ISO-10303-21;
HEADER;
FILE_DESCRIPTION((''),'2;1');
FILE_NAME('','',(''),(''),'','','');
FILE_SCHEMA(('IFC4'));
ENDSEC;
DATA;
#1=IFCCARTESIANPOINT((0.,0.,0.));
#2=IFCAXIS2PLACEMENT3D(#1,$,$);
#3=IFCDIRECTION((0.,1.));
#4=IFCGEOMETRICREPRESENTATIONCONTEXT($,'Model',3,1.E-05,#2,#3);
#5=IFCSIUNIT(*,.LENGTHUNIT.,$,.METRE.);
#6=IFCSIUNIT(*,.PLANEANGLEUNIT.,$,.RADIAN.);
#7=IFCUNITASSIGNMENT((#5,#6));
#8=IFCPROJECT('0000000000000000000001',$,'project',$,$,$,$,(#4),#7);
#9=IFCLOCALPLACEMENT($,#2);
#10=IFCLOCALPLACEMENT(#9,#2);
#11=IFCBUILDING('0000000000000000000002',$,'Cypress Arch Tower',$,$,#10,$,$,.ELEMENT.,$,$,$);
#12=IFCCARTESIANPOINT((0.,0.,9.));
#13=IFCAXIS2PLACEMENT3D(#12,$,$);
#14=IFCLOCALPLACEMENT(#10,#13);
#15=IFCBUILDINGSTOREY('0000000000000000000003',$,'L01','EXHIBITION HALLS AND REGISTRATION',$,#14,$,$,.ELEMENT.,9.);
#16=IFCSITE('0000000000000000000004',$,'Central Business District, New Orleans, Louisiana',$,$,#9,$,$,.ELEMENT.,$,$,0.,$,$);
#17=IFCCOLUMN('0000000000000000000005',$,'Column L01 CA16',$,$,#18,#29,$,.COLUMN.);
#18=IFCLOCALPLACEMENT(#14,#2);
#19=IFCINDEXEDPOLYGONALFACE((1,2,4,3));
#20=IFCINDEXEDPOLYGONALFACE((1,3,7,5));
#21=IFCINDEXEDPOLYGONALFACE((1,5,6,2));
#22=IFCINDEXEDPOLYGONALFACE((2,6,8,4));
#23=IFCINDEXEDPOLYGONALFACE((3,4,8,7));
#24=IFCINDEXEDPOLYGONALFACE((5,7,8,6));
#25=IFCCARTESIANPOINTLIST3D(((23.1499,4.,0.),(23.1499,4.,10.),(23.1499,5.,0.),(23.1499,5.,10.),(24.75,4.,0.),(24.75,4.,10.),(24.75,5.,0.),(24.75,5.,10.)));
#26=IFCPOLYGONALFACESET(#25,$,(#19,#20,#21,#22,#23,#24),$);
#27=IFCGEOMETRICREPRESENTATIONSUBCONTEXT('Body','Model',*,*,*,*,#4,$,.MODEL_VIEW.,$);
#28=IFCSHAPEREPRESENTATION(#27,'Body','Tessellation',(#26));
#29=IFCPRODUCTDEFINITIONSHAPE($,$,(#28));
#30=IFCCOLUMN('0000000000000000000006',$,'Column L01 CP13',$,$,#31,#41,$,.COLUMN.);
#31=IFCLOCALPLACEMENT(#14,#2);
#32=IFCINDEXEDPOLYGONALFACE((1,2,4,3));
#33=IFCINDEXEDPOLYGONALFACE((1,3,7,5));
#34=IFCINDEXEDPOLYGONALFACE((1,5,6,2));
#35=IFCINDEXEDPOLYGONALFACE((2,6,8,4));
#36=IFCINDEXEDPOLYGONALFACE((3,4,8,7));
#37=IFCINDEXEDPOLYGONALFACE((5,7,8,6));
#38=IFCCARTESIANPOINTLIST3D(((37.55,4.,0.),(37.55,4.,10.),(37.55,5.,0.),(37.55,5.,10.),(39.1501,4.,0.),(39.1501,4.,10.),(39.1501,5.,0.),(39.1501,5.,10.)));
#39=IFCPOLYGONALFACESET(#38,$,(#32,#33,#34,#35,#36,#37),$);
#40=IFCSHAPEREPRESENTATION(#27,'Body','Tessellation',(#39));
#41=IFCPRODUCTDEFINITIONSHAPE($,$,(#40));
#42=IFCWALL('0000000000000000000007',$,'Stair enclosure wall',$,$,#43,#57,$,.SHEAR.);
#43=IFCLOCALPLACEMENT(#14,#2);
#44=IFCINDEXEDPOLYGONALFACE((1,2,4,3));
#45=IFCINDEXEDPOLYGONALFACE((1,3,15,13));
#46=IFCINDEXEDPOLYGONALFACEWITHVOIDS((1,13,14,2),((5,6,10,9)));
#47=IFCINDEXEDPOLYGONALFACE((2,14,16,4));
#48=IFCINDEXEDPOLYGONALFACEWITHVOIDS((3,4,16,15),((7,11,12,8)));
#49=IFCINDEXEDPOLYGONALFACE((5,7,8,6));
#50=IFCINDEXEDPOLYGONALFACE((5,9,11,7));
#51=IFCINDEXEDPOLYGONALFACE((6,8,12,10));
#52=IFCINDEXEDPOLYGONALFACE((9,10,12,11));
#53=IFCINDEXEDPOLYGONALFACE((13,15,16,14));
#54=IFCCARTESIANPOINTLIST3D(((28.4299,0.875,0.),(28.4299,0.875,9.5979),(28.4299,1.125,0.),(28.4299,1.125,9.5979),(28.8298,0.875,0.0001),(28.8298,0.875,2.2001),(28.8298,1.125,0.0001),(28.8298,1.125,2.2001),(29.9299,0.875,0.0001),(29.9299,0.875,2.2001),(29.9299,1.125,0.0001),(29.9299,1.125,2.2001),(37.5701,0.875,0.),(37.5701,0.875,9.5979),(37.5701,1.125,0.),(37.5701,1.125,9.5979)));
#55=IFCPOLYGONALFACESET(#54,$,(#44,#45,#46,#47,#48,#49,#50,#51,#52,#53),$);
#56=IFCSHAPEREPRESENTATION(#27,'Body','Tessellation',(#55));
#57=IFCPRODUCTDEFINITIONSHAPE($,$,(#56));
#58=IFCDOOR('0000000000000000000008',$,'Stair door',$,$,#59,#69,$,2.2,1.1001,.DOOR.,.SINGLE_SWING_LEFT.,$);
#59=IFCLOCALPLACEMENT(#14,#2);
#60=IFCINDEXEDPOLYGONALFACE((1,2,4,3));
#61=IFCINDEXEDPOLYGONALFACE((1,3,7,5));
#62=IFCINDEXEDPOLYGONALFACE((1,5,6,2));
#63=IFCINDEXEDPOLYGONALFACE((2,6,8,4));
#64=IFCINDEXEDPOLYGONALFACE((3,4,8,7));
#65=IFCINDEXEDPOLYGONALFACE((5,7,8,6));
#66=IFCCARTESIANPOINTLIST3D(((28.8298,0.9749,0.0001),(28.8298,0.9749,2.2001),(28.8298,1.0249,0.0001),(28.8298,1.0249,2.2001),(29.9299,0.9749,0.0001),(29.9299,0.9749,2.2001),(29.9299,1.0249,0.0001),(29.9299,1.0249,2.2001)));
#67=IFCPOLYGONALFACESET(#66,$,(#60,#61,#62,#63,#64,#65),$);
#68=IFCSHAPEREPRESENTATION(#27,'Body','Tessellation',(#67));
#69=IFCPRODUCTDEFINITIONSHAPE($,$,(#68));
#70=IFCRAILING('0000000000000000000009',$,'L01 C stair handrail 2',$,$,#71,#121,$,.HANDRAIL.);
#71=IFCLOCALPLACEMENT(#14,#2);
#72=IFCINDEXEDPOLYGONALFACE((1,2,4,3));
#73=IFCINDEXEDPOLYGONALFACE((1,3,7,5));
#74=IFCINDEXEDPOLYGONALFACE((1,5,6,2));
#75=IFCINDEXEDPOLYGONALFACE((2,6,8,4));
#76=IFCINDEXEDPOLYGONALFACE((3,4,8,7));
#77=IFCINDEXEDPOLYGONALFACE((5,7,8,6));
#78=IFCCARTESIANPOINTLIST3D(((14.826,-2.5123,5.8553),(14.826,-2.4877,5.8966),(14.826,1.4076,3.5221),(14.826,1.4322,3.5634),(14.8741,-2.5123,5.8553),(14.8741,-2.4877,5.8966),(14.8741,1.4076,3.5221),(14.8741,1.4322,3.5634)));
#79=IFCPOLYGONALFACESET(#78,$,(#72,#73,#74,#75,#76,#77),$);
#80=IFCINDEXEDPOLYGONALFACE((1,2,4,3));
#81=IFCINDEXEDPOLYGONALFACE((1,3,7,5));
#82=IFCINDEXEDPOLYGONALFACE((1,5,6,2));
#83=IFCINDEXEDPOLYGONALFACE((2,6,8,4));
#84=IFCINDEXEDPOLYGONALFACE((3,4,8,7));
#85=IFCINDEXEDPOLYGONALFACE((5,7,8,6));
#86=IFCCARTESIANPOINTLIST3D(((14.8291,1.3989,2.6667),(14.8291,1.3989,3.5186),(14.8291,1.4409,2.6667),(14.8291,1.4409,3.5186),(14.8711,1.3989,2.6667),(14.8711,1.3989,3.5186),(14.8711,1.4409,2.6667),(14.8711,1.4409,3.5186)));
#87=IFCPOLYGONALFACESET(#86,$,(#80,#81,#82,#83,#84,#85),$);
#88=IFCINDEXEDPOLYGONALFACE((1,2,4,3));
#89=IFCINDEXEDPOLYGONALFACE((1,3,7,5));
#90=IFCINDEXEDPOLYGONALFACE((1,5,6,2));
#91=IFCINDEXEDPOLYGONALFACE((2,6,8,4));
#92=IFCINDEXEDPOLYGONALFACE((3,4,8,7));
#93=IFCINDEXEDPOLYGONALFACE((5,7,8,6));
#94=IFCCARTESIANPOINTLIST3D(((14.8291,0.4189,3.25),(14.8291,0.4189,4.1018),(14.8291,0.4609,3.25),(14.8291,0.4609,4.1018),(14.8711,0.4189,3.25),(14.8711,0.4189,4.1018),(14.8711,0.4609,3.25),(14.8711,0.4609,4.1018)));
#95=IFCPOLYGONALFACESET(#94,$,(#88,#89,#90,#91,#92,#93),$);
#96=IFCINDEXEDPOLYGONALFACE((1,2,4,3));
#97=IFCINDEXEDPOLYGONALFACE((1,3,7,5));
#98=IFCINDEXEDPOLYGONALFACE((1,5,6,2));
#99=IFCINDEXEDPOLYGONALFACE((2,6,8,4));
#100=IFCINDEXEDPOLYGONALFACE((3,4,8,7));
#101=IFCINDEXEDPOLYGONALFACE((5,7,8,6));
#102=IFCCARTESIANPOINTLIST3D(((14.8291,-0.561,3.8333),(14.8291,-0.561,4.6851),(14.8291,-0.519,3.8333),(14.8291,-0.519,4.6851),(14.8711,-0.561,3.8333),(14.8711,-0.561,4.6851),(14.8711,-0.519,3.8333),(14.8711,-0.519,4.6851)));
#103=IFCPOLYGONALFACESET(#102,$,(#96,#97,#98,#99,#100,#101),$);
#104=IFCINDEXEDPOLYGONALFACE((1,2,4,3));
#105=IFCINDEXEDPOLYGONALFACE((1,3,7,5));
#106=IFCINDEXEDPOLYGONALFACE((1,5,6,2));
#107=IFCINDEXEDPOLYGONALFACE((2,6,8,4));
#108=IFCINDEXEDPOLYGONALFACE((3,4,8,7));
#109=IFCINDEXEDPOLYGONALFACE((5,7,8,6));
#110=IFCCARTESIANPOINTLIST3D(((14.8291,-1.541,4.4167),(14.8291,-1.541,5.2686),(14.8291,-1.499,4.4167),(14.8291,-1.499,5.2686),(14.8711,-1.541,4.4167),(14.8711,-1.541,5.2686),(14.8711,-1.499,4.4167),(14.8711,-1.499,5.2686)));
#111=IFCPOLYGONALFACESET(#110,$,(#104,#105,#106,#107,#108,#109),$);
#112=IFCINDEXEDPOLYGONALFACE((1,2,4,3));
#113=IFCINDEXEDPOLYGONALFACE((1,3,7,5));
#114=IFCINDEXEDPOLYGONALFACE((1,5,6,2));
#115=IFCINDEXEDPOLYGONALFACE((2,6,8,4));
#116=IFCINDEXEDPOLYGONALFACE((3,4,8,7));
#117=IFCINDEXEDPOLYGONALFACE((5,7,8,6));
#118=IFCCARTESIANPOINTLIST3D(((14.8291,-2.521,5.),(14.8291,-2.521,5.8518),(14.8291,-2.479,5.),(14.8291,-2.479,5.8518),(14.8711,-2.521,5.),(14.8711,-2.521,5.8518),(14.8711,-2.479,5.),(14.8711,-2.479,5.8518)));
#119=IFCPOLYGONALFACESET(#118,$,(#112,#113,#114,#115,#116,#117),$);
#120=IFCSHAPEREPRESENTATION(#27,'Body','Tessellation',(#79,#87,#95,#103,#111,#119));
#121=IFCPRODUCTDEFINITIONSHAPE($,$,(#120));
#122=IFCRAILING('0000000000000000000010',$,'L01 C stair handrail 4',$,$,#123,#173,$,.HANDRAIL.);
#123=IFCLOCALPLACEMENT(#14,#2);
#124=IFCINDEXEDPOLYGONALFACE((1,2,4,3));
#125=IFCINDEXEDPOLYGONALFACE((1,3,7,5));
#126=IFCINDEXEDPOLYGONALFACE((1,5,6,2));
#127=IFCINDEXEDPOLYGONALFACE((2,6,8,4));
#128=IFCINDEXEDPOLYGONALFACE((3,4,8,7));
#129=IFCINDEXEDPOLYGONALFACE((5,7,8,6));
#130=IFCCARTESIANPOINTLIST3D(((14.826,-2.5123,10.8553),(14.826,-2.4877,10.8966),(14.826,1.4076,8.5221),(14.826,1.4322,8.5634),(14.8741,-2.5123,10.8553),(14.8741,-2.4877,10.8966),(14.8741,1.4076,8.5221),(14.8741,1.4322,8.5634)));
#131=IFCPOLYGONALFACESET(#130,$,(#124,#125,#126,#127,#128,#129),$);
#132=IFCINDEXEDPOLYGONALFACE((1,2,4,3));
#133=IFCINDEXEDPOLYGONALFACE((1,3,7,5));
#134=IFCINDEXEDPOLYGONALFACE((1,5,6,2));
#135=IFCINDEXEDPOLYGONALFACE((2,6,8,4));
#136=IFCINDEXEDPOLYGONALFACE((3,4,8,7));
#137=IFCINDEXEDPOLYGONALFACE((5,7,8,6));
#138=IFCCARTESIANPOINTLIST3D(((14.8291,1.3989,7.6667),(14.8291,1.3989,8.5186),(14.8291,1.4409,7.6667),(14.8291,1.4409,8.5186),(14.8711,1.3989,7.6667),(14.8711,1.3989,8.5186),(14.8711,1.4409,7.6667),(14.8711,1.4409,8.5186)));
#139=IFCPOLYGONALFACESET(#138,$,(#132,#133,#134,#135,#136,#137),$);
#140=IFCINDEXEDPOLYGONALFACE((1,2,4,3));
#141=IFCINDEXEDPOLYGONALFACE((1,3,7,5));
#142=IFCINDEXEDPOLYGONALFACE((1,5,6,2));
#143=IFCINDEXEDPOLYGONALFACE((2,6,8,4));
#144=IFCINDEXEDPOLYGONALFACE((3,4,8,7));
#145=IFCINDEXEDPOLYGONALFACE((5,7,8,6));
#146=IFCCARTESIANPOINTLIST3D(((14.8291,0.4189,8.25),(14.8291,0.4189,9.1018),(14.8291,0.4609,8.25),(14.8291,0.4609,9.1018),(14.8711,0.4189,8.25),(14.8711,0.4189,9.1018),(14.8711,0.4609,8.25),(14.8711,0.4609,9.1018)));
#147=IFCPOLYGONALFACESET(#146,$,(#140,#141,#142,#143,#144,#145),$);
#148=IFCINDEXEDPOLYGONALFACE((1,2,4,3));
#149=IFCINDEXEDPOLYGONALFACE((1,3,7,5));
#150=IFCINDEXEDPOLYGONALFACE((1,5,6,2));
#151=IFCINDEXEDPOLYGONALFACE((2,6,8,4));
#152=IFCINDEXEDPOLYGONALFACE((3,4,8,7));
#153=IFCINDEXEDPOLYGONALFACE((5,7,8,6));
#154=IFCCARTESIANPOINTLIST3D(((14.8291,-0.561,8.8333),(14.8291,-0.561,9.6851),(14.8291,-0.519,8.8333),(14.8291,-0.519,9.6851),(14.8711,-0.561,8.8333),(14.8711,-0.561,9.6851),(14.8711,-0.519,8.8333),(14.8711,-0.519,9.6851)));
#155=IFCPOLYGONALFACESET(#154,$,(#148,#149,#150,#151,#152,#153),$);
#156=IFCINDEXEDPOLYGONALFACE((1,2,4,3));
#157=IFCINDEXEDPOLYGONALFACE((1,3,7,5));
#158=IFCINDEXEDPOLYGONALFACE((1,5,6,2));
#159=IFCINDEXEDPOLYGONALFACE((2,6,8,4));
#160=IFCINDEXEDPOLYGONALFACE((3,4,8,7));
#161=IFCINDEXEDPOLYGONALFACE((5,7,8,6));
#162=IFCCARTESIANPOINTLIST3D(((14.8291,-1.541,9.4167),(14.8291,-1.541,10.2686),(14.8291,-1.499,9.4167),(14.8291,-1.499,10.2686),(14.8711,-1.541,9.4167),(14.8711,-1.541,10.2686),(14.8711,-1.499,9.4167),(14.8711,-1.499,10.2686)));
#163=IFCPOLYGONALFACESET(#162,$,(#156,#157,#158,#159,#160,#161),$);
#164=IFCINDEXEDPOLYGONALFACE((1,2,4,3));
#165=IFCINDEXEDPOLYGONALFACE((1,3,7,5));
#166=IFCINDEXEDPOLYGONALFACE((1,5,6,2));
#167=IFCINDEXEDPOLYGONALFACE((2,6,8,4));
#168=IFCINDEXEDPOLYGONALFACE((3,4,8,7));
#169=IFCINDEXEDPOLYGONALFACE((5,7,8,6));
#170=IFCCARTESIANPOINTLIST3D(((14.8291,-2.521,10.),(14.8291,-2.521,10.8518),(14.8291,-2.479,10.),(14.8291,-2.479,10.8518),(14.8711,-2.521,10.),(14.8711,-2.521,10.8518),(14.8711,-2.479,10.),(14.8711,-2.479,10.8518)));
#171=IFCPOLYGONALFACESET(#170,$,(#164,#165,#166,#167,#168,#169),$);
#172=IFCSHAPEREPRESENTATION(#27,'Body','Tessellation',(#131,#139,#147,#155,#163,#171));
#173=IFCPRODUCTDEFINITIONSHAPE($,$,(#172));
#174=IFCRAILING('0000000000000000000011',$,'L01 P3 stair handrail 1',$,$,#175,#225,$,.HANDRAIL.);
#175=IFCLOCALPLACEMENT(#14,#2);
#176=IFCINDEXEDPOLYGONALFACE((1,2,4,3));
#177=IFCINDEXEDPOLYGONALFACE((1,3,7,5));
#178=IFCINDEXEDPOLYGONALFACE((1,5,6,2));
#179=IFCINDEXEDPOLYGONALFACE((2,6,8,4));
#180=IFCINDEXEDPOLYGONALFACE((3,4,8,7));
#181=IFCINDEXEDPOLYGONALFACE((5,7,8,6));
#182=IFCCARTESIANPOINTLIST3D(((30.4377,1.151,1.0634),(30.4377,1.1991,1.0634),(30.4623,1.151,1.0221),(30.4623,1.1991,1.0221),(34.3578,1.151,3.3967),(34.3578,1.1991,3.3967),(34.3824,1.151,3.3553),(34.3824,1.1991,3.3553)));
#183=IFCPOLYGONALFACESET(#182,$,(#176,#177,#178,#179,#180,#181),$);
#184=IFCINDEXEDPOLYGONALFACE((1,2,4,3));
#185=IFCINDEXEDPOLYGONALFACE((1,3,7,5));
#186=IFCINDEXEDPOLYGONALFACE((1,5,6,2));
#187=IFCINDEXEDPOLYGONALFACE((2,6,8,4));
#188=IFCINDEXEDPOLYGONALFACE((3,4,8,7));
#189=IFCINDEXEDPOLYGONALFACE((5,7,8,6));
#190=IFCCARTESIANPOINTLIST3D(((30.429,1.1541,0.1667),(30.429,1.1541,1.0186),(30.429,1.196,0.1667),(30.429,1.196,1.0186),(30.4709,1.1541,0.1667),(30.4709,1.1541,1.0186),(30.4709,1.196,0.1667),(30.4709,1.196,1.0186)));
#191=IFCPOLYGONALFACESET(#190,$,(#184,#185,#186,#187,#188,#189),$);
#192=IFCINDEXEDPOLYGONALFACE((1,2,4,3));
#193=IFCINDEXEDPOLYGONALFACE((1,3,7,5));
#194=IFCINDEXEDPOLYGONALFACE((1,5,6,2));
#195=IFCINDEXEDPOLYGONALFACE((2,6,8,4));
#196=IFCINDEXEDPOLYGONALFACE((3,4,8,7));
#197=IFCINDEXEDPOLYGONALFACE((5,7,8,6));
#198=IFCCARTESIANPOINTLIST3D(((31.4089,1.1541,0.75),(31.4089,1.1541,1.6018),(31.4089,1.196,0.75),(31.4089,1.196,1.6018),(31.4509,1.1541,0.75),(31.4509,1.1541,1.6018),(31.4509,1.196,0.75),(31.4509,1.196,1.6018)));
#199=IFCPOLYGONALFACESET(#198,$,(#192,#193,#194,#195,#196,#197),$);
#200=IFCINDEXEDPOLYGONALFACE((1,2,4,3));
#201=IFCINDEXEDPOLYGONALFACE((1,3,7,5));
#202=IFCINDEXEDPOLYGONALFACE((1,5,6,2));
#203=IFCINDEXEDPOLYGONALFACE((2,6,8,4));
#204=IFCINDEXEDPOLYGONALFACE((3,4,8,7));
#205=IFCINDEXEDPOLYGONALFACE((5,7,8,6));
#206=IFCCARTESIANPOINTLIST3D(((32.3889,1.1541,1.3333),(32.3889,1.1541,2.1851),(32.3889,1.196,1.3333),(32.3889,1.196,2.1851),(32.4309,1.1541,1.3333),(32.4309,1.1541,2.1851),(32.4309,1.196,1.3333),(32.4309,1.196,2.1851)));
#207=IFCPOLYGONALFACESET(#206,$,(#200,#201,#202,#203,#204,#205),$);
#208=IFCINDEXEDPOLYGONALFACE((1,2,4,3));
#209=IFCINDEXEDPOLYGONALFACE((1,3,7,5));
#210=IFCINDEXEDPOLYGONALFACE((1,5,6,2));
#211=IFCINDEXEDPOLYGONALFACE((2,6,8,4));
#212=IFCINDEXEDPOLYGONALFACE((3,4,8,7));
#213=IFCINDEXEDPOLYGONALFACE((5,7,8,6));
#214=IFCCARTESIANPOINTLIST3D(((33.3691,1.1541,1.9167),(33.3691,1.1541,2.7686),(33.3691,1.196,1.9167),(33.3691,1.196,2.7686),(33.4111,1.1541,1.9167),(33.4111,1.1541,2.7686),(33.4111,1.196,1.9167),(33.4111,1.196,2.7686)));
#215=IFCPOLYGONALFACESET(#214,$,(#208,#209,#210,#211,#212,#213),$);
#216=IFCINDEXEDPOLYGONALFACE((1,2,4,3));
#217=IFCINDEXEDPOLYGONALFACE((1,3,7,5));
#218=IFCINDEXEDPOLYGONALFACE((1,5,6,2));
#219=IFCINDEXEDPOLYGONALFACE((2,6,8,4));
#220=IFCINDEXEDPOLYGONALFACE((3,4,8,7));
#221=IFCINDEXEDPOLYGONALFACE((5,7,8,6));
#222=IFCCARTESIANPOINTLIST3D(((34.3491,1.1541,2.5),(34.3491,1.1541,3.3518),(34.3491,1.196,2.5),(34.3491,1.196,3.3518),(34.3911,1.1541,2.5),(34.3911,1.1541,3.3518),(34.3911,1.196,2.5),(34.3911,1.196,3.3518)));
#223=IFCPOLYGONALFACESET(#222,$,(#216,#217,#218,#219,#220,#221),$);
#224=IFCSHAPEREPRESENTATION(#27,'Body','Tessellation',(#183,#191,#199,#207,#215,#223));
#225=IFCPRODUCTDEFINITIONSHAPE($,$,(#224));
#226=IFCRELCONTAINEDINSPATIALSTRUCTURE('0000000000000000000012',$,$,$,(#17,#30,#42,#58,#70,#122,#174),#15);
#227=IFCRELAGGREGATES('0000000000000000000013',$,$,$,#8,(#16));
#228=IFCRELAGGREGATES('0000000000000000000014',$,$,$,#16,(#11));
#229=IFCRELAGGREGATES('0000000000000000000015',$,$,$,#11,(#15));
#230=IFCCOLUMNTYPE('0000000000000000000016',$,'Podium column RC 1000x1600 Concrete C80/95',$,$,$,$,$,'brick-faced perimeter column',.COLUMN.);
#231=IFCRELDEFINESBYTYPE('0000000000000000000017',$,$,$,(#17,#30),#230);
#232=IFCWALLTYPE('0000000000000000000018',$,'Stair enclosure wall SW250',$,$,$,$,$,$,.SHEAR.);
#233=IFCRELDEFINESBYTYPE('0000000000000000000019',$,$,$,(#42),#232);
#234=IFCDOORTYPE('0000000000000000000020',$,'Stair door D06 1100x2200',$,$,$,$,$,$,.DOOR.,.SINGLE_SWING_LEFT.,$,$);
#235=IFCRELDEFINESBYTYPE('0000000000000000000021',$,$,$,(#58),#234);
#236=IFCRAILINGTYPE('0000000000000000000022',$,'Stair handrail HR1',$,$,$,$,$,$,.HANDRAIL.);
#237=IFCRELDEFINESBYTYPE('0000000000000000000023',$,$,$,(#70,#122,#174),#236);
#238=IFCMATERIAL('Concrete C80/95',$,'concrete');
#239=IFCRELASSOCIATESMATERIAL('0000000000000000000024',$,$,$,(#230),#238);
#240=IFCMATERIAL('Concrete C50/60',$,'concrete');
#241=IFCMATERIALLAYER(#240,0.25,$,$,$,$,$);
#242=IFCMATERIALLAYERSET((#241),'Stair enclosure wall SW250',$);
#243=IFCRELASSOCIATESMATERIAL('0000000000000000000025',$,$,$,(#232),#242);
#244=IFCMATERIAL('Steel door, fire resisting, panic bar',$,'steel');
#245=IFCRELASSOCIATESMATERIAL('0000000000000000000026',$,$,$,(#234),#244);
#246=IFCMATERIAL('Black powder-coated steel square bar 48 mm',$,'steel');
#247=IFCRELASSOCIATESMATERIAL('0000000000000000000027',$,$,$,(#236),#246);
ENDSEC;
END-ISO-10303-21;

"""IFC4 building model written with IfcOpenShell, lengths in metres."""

from ifc_helpers import new_model, si_unit, direction, frame, frame_2d, origin, origin_2d, place, context, subcontext, project, spatial, rectangle, extrude, material, layer, layer_set, material_profile, profile_set, type_object, element, fill, save


model = new_model("IFC4")

# Units and contexts
model_context = context("Model", 3, precision=1e-05, world=origin(), true_north=direction((0.0, 1.0)))
body_context = subcontext(model_context, "Body", "Model", "MODEL_VIEW")
ifc_project = project(units=[si_unit("LENGTHUNIT", "METRE"), si_unit("PLANEANGLEUNIT", "RADIAN")], contexts=[model_context])

# Site, building, storey
site_placement = place(None, origin())
site = spatial("IfcSite", under=ifc_project, at=site_placement, Name="Central Business District, New Orleans, Louisiana", CompositionType="ELEMENT", RefElevation=0.0)
building_placement = place(site_placement, origin())
building = spatial("IfcBuilding", under=site, at=building_placement, Name="Cypress Arch Tower", CompositionType="ELEMENT")
storey_placement = place(building_placement, frame((0.0, 0.0, 9.0)))
storey = spatial("IfcBuildingStorey", under=building, at=storey_placement, Name="L01", Description="EXHIBITION HALLS AND REGISTRATION", CompositionType="ELEMENT", Elevation=9.0)

# Columns
ifc_material_1 = material(Name="Concrete C80/95", Category="concrete")
ifc_material_profile = material_profile(ifc_material_1, rectangle(XDim=1.0, YDim=1.6001, at=origin_2d()), Name="RC 1000x1600")
ifc_profile_set = profile_set([ifc_material_profile], Name="Concrete C80/95")
column_type = type_object("IfcColumnType", Name="Podium column RC 1000x1600 Concrete C80/95", ElementType="brick-faced perimeter column", PredefinedType="COLUMN", material=ifc_profile_set)
for number, where, z_axis, x_axis, name in (
    (1, (23.95, 4.5, 0.0), (0.0, 0.0, 1.0), (0.0, 1.0, 0.0), "Column L01 CA16"),
    (2, (38.3501, 4.5, 0.0), (0.0, 0.0, 1.0), (0.0, 1.0, 0.0), "Column L01 CP13"),
):
    element("IfcColumn", number, at=place(storey_placement, frame(where, z_axis=z_axis, x_axis=x_axis)), inside=storey, type_object=column_type, Name=name, PredefinedType="COLUMN", context=body_context, shape_type="SweptSolid", body=[
        extrude(rectangle(XDim=1.0, YDim=1.6001, at=origin_2d()), origin(), (0.0, 0.0, 1.0), 10.0),
    ])

# Wall, opening, door
ifc_material_2 = material(Name="Concrete C50/60", Category="concrete")
ifc_layer = layer(ifc_material_2, 0.25)
ifc_layer_set = layer_set([ifc_layer], Name="Stair enclosure wall SW250")
wall_type = type_object("IfcWallType", Name="Stair enclosure wall SW250", PredefinedType="SHEAR", material=ifc_layer_set)
wall_placement = place(storey_placement, frame((28.4299, 1.0, 0.0), z_axis=(0.0, 0.0, 1.0), x_axis=(1.0, 0.0, 0.0)))
wall = element("IfcWall", 3, at=wall_placement, inside=storey, type_object=wall_type, Name="Stair enclosure wall", PredefinedType="SHEAR", context=body_context, shape_type="SweptSolid", body=[
    extrude(rectangle(XDim=9.1401, YDim=0.25, at=frame_2d((4.5701, 0.0))), origin(), (0.0, 0.0, 1.0), 9.5979),
])
opening_placement = place(wall_placement, frame((0.3999, 0.0, 0.0)))
opening = element("IfcOpeningElement", 4, at=opening_placement, cuts=wall, PredefinedType="OPENING", context=body_context, shape_type="SweptSolid", body=[
    extrude(rectangle(XDim=1.1001, YDim=2.2, at=frame_2d((0.55, 1.1001))), frame((0.0, 0.135, 0.0), z_axis=(0.0, -1.0, 0.0), x_axis=(1.0, 0.0, 0.0)), (0.0, 0.0, 1.0), 0.27),
])
ifc_material_3 = material(Name="Steel door, fire resisting, panic bar", Category="steel")
door_type = type_object("IfcDoorType", Name="Stair door D06 1100x2200", OperationType="SINGLE_SWING_LEFT", PredefinedType="DOOR", material=ifc_material_3)
door_placement = place(opening_placement, origin())
door = element("IfcDoor", 5, at=door_placement, inside=storey, type_object=door_type, Name="Stair door", OperationType="SINGLE_SWING_LEFT", OverallHeight=2.2, OverallWidth=1.1001, PredefinedType="DOOR", context=body_context, shape_type="SweptSolid", body=[
    extrude(rectangle(XDim=1.1001, YDim=2.2, at=frame_2d((0.55, 1.1001))), frame((0.0, 0.0249, 0.0), z_axis=(0.0, -1.0, 0.0), x_axis=(1.0, 0.0, 0.0)), (0.0, 0.0, 1.0), 0.05),
])
fill(opening, door)

# Railings
ifc_material_4 = material(Name="Black powder-coated steel square bar 48 mm", Category="steel")
railing_type_1 = type_object("IfcRailingType", Name="Stair handrail HR1", PredefinedType="HANDRAIL", material=ifc_material_4)
for number, where, name in (
    (6, (14.8501, 1.4199, 2.6667), "L01 C stair handrail 2"),
    (7, (14.8501, 1.4199, 7.6667), "L01 C stair handrail 4"),
):
    element("IfcRailing", number, at=place(storey_placement, frame(where)), inside=storey, type_object=railing_type_1, Name=name, PredefinedType="HANDRAIL", context=body_context, shape_type="SweptSolid", body=[
        extrude(rectangle(XDim=0.0481, YDim=0.0481, at=origin_2d()), frame((0.0, 0.0, 0.876), z_axis=(0.0, -0.859296, 0.511478), x_axis=(1.0, 0.0, 0.0)), (0.0, 0.0, 1.0), 4.5618),
        extrude(rectangle(XDim=0.042, YDim=0.042, at=origin_2d()), origin(), (0.0, 0.0, 1.0), 0.8518),
        extrude(rectangle(XDim=0.042, YDim=0.042, at=origin_2d()), frame((0.0, -0.98, 0.5833)), (0.0, 0.0, 1.0), 0.8518),
        extrude(rectangle(XDim=0.042, YDim=0.042, at=origin_2d()), frame((0.0, -1.96, 1.1665)), (0.0, 0.0, 1.0), 0.8518),
        extrude(rectangle(XDim=0.042, YDim=0.042, at=origin_2d()), frame((0.0, -2.9399, 1.75)), (0.0, 0.0, 1.0), 0.8518),
        extrude(rectangle(XDim=0.042, YDim=0.042, at=origin_2d()), frame((0.0, -3.9199, 2.3333)), (0.0, 0.0, 1.0), 0.8518),
    ])
for number, where, name in (
    (8, (30.45, 1.175, 0.1667), "L01 P3 stair handrail 1"),
):
    element("IfcRailing", number, at=place(storey_placement, frame(where)), inside=storey, type_object=railing_type_1, Name=name, PredefinedType="HANDRAIL", context=body_context, shape_type="SweptSolid", body=[
        extrude(rectangle(XDim=0.0481, YDim=0.0481, at=origin_2d()), frame((0.0, 0.0, 0.876), z_axis=(0.85931, 0.0, 0.511455), x_axis=(0.0, 1.0, 0.0)), (0.0, 0.0, 1.0), 4.562),
        extrude(rectangle(XDim=0.042, YDim=0.042, at=origin_2d()), origin(), (0.0, 0.0, 1.0), 0.8518),
        extrude(rectangle(XDim=0.042, YDim=0.042, at=origin_2d()), frame((0.98, 0.0, 0.5833)), (0.0, 0.0, 1.0), 0.8518),
        extrude(rectangle(XDim=0.042, YDim=0.042, at=origin_2d()), frame((1.96, 0.0, 1.1665)), (0.0, 0.0, 1.0), 0.8518),
        extrude(rectangle(XDim=0.042, YDim=0.042, at=origin_2d()), frame((2.9402, 0.0, 1.75)), (0.0, 0.0, 1.0), 0.8518),
        extrude(rectangle(XDim=0.042, YDim=0.042, at=origin_2d()), frame((3.9202, 0.0, 2.3333)), (0.0, 0.0, 1.0), 0.8518),
    ])

save(model, "model.ifc")
